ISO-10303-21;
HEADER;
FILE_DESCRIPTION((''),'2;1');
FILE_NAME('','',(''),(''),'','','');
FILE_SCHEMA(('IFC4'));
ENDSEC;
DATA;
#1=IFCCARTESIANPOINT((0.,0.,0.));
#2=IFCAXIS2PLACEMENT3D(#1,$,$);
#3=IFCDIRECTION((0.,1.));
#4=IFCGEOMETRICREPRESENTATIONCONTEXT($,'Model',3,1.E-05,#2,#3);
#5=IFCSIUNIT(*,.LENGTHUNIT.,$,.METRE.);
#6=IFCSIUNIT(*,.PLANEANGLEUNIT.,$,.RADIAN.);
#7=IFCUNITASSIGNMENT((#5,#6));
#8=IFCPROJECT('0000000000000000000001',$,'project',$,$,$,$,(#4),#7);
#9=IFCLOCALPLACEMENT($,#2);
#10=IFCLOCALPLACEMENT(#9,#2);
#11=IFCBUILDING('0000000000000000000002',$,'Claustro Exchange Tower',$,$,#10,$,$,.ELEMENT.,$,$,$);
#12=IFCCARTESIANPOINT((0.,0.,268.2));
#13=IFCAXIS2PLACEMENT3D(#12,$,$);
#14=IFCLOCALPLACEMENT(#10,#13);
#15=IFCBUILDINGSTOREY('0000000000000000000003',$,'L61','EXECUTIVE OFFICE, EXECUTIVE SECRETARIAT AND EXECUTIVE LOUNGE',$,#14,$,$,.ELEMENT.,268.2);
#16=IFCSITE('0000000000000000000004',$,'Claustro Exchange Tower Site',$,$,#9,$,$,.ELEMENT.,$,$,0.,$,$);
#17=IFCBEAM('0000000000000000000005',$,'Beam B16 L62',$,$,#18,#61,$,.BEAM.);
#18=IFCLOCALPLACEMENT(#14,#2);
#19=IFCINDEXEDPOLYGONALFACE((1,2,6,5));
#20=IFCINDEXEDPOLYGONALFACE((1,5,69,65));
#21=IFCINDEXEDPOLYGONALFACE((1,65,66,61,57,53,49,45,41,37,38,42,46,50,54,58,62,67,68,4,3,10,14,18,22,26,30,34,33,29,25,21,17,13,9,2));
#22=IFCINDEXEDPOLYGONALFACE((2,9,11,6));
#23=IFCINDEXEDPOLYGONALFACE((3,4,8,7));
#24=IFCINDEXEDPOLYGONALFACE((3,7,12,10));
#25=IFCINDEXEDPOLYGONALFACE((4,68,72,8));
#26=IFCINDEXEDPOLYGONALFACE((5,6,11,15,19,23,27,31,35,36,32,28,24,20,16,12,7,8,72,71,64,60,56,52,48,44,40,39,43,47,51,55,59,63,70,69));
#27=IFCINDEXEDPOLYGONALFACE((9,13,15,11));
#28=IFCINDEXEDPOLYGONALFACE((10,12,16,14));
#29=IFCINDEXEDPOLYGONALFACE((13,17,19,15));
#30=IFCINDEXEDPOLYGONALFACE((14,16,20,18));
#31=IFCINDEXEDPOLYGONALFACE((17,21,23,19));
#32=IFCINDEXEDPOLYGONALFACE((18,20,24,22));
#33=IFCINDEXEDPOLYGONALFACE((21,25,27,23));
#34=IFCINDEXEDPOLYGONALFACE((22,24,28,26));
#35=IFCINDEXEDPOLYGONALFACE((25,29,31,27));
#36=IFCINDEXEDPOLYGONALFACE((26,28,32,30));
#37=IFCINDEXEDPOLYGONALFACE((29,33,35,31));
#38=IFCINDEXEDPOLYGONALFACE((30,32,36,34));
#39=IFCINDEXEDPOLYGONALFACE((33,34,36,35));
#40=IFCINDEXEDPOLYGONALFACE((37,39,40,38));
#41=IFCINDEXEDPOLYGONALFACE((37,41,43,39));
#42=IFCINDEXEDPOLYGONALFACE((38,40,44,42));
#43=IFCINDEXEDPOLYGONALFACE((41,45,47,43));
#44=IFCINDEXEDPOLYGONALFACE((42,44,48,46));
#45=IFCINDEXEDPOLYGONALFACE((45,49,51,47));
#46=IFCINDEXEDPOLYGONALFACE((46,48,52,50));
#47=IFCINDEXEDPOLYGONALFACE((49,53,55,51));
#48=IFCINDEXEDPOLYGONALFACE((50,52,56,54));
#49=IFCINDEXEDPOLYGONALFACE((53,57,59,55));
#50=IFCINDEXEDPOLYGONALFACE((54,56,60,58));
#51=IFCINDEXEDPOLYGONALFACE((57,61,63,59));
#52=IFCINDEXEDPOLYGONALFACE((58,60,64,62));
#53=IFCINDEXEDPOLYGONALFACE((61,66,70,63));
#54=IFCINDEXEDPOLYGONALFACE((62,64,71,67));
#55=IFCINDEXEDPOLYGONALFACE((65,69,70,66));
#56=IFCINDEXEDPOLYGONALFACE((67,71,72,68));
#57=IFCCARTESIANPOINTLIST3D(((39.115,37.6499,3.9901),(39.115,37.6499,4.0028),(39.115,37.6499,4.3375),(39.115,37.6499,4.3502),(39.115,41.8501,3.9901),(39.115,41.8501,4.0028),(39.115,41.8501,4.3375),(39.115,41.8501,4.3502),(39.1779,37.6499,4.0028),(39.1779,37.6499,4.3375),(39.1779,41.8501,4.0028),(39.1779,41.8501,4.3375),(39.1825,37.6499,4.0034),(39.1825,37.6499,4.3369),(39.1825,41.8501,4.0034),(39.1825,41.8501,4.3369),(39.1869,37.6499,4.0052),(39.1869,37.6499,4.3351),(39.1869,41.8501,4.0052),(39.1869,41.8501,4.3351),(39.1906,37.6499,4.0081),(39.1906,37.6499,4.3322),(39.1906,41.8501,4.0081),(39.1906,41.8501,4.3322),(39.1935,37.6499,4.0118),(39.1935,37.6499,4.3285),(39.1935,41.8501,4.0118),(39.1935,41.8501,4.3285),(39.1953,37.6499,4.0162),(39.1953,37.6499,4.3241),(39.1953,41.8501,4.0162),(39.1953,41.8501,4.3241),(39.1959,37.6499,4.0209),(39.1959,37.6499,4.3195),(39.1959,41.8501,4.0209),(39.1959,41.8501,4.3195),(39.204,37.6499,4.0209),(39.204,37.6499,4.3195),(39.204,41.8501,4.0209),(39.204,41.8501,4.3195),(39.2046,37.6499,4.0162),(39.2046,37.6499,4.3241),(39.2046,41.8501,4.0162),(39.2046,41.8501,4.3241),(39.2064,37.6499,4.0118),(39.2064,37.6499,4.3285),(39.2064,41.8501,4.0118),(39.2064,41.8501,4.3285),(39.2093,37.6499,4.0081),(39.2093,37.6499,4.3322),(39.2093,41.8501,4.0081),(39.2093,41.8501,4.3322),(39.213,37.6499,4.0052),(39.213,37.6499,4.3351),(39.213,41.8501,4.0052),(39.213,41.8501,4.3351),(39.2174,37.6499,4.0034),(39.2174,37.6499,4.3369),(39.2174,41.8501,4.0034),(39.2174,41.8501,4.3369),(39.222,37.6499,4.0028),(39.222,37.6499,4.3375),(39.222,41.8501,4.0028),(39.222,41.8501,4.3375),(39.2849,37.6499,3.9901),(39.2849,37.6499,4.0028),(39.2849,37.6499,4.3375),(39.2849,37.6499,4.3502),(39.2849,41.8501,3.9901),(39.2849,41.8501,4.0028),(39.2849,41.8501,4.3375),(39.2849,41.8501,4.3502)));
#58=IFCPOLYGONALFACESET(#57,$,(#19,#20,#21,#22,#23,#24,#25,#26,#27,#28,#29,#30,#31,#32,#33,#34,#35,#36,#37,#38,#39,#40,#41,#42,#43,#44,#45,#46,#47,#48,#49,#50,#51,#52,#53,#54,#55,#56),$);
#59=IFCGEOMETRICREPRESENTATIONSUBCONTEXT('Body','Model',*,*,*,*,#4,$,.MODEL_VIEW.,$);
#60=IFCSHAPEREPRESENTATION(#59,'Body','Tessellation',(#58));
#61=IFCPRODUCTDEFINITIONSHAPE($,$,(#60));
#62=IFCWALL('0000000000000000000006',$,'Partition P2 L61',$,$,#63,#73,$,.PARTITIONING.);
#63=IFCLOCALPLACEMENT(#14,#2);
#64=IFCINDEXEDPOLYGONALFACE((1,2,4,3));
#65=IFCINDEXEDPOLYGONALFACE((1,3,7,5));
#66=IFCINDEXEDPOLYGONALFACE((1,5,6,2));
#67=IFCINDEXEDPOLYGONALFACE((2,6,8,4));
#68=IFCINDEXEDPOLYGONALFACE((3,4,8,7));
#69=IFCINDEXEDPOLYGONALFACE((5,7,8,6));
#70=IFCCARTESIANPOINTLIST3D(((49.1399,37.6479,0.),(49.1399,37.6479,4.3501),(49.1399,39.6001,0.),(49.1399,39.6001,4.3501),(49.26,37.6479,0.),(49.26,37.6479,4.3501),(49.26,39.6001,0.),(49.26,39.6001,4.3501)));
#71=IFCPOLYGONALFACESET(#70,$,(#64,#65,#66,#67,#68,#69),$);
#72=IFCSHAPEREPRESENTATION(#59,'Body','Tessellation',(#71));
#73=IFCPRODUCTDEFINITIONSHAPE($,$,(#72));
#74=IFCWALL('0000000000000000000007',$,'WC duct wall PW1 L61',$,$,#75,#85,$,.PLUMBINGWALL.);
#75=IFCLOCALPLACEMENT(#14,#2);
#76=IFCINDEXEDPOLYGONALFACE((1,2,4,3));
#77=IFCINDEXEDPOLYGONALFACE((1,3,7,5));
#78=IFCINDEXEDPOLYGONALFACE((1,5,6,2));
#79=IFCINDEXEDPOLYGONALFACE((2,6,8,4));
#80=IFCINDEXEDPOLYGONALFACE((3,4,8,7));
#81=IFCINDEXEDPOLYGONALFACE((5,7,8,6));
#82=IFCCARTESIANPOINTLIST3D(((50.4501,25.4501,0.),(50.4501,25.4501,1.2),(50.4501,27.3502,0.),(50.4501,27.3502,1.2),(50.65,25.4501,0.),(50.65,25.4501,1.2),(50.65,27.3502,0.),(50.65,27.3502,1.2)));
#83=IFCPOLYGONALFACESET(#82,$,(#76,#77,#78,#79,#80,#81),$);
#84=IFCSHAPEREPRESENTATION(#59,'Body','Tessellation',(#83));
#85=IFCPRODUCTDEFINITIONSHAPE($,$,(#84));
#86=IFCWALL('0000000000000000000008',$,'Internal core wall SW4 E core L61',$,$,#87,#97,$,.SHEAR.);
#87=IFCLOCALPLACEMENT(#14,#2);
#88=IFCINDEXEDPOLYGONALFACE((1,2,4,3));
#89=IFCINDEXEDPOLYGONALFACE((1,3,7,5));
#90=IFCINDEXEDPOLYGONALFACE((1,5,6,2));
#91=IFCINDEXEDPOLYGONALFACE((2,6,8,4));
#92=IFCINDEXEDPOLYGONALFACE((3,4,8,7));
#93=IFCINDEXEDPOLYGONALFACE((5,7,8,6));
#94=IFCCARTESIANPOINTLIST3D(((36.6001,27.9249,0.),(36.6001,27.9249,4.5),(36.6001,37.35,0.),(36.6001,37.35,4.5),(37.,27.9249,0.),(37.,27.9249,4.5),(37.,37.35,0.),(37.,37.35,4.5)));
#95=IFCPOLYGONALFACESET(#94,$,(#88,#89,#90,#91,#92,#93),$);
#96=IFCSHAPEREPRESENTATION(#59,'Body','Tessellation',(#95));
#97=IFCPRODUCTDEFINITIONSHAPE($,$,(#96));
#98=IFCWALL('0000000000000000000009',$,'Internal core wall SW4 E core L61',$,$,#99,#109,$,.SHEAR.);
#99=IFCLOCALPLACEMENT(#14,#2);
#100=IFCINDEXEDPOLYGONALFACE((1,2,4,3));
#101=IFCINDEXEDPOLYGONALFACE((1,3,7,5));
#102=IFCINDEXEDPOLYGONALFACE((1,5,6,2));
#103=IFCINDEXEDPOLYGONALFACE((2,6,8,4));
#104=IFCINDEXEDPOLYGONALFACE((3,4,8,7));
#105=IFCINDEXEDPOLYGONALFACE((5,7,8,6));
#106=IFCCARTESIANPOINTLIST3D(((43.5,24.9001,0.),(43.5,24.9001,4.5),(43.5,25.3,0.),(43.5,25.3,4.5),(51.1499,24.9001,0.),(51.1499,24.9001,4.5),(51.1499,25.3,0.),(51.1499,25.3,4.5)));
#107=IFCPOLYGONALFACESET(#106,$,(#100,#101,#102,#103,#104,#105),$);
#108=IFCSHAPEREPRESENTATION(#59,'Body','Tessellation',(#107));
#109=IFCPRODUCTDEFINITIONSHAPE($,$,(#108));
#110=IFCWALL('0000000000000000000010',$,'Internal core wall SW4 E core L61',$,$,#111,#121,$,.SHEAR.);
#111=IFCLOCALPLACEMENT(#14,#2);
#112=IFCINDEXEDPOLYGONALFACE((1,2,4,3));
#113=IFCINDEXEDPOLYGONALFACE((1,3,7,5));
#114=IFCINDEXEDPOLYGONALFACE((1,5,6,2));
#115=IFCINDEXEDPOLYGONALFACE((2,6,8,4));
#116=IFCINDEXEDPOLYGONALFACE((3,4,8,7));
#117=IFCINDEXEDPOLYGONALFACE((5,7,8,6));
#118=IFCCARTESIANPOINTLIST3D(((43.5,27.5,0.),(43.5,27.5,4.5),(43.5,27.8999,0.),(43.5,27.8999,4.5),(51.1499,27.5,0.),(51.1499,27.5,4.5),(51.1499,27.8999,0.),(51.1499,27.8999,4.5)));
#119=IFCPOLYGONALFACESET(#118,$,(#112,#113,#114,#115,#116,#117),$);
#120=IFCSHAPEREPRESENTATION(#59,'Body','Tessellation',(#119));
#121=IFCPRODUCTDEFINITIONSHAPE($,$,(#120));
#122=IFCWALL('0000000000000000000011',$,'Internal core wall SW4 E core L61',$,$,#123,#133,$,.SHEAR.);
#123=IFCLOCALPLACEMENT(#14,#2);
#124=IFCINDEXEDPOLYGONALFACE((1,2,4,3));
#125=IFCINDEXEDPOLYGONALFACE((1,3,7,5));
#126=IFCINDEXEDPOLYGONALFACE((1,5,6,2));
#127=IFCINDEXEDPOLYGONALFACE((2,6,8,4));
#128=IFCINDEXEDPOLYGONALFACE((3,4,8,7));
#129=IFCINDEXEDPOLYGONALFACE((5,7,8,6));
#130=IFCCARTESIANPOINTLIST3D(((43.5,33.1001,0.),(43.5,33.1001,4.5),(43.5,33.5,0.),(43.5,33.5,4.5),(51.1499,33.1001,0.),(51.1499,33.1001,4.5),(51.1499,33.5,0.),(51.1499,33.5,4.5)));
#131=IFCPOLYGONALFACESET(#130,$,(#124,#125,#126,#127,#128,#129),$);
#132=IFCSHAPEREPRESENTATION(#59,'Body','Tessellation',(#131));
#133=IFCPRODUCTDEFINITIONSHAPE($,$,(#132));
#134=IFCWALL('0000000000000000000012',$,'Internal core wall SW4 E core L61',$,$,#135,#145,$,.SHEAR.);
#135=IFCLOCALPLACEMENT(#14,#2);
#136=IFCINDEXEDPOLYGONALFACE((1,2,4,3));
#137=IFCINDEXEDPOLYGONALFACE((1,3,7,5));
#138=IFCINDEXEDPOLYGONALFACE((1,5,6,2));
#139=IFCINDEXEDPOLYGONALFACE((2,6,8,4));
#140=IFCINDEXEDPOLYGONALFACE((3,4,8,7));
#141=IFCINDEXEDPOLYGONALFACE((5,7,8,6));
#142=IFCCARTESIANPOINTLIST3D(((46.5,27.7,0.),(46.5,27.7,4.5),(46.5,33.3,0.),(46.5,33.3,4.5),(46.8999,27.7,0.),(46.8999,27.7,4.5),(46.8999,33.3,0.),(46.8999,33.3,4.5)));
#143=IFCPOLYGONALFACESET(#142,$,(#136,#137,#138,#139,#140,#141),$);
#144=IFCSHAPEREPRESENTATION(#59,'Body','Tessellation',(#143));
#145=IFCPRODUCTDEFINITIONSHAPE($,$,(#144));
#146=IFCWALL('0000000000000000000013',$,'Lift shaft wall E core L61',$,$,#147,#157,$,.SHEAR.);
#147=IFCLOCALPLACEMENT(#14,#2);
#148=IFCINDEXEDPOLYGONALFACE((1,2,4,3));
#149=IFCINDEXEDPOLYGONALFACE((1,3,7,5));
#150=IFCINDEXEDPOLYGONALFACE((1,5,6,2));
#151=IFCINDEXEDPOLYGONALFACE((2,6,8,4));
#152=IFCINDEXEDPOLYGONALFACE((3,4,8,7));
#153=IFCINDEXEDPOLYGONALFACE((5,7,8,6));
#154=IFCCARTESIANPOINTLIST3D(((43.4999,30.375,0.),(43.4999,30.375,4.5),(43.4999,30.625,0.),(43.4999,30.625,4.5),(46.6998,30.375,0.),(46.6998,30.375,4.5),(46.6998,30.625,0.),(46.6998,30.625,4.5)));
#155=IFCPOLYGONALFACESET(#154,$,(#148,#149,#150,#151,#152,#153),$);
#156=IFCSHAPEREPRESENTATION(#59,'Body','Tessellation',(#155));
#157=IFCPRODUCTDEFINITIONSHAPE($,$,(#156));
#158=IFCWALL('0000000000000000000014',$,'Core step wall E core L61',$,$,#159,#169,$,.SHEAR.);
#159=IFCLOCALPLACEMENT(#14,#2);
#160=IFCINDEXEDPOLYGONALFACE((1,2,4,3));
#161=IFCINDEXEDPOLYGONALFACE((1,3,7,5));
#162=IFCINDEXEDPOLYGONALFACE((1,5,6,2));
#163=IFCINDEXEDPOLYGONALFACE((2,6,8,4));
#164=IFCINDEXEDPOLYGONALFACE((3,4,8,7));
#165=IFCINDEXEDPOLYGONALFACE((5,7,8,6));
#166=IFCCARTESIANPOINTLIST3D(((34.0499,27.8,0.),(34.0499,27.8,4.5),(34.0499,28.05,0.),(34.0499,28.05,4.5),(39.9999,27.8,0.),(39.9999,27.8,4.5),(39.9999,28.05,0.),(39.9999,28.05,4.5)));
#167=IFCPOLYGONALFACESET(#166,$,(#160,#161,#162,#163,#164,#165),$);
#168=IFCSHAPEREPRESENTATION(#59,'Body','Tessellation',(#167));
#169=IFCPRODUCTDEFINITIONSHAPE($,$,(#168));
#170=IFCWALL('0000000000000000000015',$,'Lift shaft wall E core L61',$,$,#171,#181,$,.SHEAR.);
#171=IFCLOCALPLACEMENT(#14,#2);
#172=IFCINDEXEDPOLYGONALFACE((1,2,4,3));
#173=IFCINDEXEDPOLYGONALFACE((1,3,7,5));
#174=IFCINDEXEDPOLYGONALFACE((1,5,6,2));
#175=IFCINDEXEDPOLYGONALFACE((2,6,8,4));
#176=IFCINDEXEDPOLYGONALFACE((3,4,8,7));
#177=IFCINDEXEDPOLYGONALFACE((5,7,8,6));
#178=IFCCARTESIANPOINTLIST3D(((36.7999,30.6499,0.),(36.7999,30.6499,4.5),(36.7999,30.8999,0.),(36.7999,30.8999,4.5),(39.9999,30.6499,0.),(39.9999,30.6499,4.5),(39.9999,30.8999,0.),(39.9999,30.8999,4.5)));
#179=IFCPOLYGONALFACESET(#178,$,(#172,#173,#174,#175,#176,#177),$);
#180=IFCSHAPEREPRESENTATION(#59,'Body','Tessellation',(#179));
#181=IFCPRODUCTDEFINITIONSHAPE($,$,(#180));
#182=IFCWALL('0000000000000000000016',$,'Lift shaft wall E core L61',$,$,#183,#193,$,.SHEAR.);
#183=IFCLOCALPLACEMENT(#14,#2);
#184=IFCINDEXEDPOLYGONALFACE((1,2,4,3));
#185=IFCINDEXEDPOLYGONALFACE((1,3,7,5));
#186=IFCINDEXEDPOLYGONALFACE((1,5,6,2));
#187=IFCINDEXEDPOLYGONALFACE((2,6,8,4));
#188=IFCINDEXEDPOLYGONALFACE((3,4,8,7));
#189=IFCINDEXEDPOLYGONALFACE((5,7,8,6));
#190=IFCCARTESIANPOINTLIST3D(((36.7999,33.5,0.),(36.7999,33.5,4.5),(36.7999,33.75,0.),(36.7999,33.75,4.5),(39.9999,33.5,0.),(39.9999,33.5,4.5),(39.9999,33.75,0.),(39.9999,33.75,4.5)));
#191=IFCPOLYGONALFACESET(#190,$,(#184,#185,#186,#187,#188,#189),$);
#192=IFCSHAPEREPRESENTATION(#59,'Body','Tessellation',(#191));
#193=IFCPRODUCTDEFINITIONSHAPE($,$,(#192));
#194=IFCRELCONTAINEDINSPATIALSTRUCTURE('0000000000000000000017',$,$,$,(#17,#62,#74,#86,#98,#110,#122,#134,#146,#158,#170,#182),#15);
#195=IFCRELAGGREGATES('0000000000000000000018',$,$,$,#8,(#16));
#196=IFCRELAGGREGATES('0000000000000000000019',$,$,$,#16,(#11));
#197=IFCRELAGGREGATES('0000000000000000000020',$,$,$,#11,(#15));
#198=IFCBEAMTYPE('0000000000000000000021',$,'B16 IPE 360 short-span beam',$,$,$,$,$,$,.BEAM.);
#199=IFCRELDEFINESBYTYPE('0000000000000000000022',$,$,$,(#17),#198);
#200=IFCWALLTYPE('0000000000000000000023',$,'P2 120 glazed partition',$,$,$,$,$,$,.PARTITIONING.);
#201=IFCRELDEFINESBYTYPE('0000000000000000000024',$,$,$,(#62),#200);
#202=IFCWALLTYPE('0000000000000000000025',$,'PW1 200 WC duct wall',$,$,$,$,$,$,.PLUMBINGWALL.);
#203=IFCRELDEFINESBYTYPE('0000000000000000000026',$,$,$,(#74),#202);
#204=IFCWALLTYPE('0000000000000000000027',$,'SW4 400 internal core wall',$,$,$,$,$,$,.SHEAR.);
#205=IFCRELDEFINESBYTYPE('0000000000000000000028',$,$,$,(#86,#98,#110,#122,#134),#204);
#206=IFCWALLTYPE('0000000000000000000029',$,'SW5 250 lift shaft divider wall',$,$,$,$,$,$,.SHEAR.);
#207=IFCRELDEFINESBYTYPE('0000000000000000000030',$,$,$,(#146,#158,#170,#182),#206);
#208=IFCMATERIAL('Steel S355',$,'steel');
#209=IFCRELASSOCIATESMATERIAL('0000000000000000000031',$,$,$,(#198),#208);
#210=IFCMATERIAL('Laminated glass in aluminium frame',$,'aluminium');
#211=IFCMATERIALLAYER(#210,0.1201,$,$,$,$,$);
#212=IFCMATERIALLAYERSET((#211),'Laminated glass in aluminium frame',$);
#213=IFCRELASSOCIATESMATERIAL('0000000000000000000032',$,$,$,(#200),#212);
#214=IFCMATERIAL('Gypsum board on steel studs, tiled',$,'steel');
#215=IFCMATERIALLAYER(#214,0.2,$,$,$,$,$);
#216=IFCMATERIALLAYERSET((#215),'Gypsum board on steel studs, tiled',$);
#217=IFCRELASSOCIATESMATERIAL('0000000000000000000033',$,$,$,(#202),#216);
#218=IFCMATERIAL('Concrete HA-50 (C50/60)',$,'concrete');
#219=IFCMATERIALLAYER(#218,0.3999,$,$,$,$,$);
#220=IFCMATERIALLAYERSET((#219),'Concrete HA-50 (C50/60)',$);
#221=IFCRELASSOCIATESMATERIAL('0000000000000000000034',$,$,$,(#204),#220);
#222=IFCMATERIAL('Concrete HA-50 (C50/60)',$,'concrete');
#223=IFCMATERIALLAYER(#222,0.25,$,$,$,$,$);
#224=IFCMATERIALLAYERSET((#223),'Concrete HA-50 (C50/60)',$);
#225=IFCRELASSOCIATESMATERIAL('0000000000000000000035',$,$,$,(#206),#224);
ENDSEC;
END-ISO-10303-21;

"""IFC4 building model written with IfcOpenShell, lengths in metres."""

from ifc_helpers import new_model, si_unit, direction, frame, frame_2d, origin, origin_2d, place, context, subcontext, project, spatial, rectangle, i_section, extrude, material, layer, layer_set, material_profile, profile_set, type_object, element, save


model = new_model("IFC4")

# Units and contexts
model_context = context("Model", 3, precision=1e-05, world=origin(), true_north=direction((0.0, 1.0)))
body_context = subcontext(model_context, "Body", "Model", "MODEL_VIEW")
ifc_project = project(units=[si_unit("LENGTHUNIT", "METRE"), si_unit("PLANEANGLEUNIT", "RADIAN")], contexts=[model_context])

# Site, building, storey
site_placement = place(None, origin())
site = spatial("IfcSite", under=ifc_project, at=site_placement, Name="Claustro Exchange Tower Site", CompositionType="ELEMENT", RefElevation=0.0)
building_placement = place(site_placement, origin())
building = spatial("IfcBuilding", under=site, at=building_placement, Name="Claustro Exchange Tower", CompositionType="ELEMENT")
storey_placement = place(building_placement, frame((0.0, 0.0, 268.2)))
storey = spatial("IfcBuildingStorey", under=building, at=storey_placement, Name="L61", Description="EXECUTIVE OFFICE, EXECUTIVE SECRETARIAT AND EXECUTIVE LOUNGE", CompositionType="ELEMENT", Elevation=268.2)

# Beam
ifc_material_1 = material(Name="Steel S355", Category="steel")
ifc_material_profile = material_profile(ifc_material_1, i_section(OverallWidth=0.1699, OverallDepth=0.3601, WebThickness=0.0081, FlangeThickness=0.0127, FilletRadius=0.0181, at=origin_2d()), Name="IPE 360")
ifc_profile_set = profile_set([ifc_material_profile], Name="Steel S355")
beam_type = type_object("IfcBeamType", Name="B16 IPE 360 short-span beam", PredefinedType="BEAM", material=ifc_profile_set)
beam_placement = place(storey_placement, frame((39.2, 37.6499, 4.1702), z_axis=(0.0, 1.0, 0.0), x_axis=(-1.0, 0.0, 0.0)))
element("IfcBeam", 1, at=beam_placement, inside=storey, type_object=beam_type, Name="Beam B16 L62", PredefinedType="BEAM", context=body_context, shape_type="SweptSolid", body=[
    extrude(i_section(OverallWidth=0.1699, OverallDepth=0.3601, WebThickness=0.0081, FlangeThickness=0.0127, FilletRadius=0.0181, at=origin_2d()), origin(), (0.0, 0.0, 1.0), 4.2002),
])

# Walls
ifc_material_2 = material(Name="Laminated glass in aluminium frame", Category="aluminium")
ifc_layer_1 = layer(ifc_material_2, 0.1201)
ifc_layer_set_1 = layer_set([ifc_layer_1], Name="Laminated glass in aluminium frame")
wall_type_1 = type_object("IfcWallType", Name="P2 120 glazed partition", PredefinedType="PARTITIONING", material=ifc_layer_set_1)
wall_1_placement = place(storey_placement, frame((49.2, 37.6479, 0.0), z_axis=(0.0, 0.0, 1.0), x_axis=(0.0, 1.0, 0.0)))
element("IfcWall", 2, at=wall_1_placement, inside=storey, type_object=wall_type_1, Name="Partition P2 L61", PredefinedType="PARTITIONING", context=body_context, shape_type="SweptSolid", body=[
    extrude(rectangle(XDim=1.9521, YDim=0.1201, at=frame_2d((0.9761, 0.0))), origin(), (0.0, 0.0, 1.0), 4.3501),
])
ifc_material_3 = material(Name="Gypsum board on steel studs, tiled", Category="steel")
ifc_layer_2 = layer(ifc_material_3, 0.2)
ifc_layer_set_2 = layer_set([ifc_layer_2], Name="Gypsum board on steel studs, tiled")
wall_type_2 = type_object("IfcWallType", Name="PW1 200 WC duct wall", PredefinedType="PLUMBINGWALL", material=ifc_layer_set_2)
wall_2_placement = place(storey_placement, frame((50.55, 25.45, 0.0), z_axis=(0.0, 0.0, 1.0), x_axis=(0.0, 1.0, 0.0)))
element("IfcWall", 3, at=wall_2_placement, inside=storey, type_object=wall_type_2, Name="WC duct wall PW1 L61", PredefinedType="PLUMBINGWALL", context=body_context, shape_type="SweptSolid", body=[
    extrude(rectangle(XDim=1.9001, YDim=0.2, at=frame_2d((0.9502, 0.0))), origin(), (0.0, 0.0, 1.0), 1.2),
])
ifc_material_4 = material(Name="Concrete HA-50 (C50/60)", Category="concrete")
ifc_layer_3 = layer(ifc_material_4, 0.3999)
ifc_layer_set_3 = layer_set([ifc_layer_3], Name="Concrete HA-50 (C50/60)")
wall_type_3 = type_object("IfcWallType", Name="SW4 400 internal core wall", PredefinedType="SHEAR", material=ifc_layer_set_3)
wall_3_placement = place(storey_placement, frame((36.8, 27.925, 0.0), z_axis=(0.0, 0.0, 1.0), x_axis=(0.0, 1.0, 0.0)))
element("IfcWall", 4, at=wall_3_placement, inside=storey, type_object=wall_type_3, Name="Internal core wall SW4 E core L61", PredefinedType="SHEAR", context=body_context, shape_type="SweptSolid", body=[
    extrude(rectangle(XDim=9.425, YDim=0.3999, at=frame_2d((4.7124, 0.0))), origin(), (0.0, 0.0, 1.0), 4.5),
])
for number, where, z_axis, x_axis, name in (
    (5, (51.1499, 25.1001, 0.0), (0.0, 0.0, 1.0), (-1.0, 0.0, 0.0), "Internal core wall SW4 E core L61"),
    (6, (51.1499, 27.7, 0.0), (0.0, 0.0, 1.0), (-1.0, 0.0, 0.0), "Internal core wall SW4 E core L61"),
    (7, (51.1499, 33.3, 0.0), (0.0, 0.0, 1.0), (-1.0, 0.0, 0.0), "Internal core wall SW4 E core L61"),
):
    element("IfcWall", number, at=place(storey_placement, frame(where, z_axis=z_axis, x_axis=x_axis)), inside=storey, type_object=wall_type_3, Name=name, PredefinedType="SHEAR", context=body_context, shape_type="SweptSolid", body=[
        extrude(rectangle(XDim=7.6499, YDim=0.3999, at=frame_2d((3.825, 0.0))), origin(), (0.0, 0.0, 1.0), 4.5),
    ])
wall_4_placement = place(storey_placement, frame((46.7, 27.7, 0.0), z_axis=(0.0, 0.0, 1.0), x_axis=(0.0, 1.0, 0.0)))
element("IfcWall", 8, at=wall_4_placement, inside=storey, type_object=wall_type_3, Name="Internal core wall SW4 E core L61", PredefinedType="SHEAR", context=body_context, shape_type="SweptSolid", body=[
    extrude(rectangle(XDim=5.6001, YDim=0.3999, at=frame_2d((2.8, 0.0))), origin(), (0.0, 0.0, 1.0), 4.5),
])
ifc_material_5 = material(Name="Concrete HA-50 (C50/60)", Category="concrete")
ifc_layer_4 = layer(ifc_material_5, 0.25)
ifc_layer_set_4 = layer_set([ifc_layer_4], Name="Concrete HA-50 (C50/60)")
wall_type_4 = type_object("IfcWallType", Name="SW5 250 lift shaft divider wall", PredefinedType="SHEAR", material=ifc_layer_set_4)
wall_5_placement = place(storey_placement, frame((46.7, 30.5, 0.0), z_axis=(0.0, 0.0, 1.0), x_axis=(-1.0, 0.0, 0.0)))
element("IfcWall", 9, at=wall_5_placement, inside=storey, type_object=wall_type_4, Name="Lift shaft wall E core L61", PredefinedType="SHEAR", context=body_context, shape_type="SweptSolid", body=[
    extrude(rectangle(XDim=3.2, YDim=0.25, at=frame_2d((1.6001, 0.0))), origin(), (0.0, 0.0, 1.0), 4.5),
])
wall_6_placement = place(storey_placement, frame((40.0, 27.925, 0.0), z_axis=(0.0, 0.0, 1.0), x_axis=(-1.0, 0.0, 0.0)))
element("IfcWall", 10, at=wall_6_placement, inside=storey, type_object=wall_type_4, Name="Core step wall E core L61", PredefinedType="SHEAR", context=body_context, shape_type="SweptSolid", body=[
    extrude(rectangle(XDim=5.95, YDim=0.25, at=frame_2d((2.9751, 0.0))), origin(), (0.0, 0.0, 1.0), 4.5),
])
for number, where, z_axis, x_axis, name in (
    (11, (40.0, 30.7749, 0.0), (0.0, 0.0, 1.0), (-1.0, 0.0, 0.0), "Lift shaft wall E core L61"),
    (12, (40.0, 33.625, 0.0), (0.0, 0.0, 1.0), (-1.0, 0.0, 0.0), "Lift shaft wall E core L61"),
):
    element("IfcWall", number, at=place(storey_placement, frame(where, z_axis=z_axis, x_axis=x_axis)), inside=storey, type_object=wall_type_4, Name=name, PredefinedType="SHEAR", context=body_context, shape_type="SweptSolid", body=[
        extrude(rectangle(XDim=3.2, YDim=0.25, at=frame_2d((1.6001, 0.0))), origin(), (0.0, 0.0, 1.0), 4.5),
    ])

save(model, "model.ifc")
